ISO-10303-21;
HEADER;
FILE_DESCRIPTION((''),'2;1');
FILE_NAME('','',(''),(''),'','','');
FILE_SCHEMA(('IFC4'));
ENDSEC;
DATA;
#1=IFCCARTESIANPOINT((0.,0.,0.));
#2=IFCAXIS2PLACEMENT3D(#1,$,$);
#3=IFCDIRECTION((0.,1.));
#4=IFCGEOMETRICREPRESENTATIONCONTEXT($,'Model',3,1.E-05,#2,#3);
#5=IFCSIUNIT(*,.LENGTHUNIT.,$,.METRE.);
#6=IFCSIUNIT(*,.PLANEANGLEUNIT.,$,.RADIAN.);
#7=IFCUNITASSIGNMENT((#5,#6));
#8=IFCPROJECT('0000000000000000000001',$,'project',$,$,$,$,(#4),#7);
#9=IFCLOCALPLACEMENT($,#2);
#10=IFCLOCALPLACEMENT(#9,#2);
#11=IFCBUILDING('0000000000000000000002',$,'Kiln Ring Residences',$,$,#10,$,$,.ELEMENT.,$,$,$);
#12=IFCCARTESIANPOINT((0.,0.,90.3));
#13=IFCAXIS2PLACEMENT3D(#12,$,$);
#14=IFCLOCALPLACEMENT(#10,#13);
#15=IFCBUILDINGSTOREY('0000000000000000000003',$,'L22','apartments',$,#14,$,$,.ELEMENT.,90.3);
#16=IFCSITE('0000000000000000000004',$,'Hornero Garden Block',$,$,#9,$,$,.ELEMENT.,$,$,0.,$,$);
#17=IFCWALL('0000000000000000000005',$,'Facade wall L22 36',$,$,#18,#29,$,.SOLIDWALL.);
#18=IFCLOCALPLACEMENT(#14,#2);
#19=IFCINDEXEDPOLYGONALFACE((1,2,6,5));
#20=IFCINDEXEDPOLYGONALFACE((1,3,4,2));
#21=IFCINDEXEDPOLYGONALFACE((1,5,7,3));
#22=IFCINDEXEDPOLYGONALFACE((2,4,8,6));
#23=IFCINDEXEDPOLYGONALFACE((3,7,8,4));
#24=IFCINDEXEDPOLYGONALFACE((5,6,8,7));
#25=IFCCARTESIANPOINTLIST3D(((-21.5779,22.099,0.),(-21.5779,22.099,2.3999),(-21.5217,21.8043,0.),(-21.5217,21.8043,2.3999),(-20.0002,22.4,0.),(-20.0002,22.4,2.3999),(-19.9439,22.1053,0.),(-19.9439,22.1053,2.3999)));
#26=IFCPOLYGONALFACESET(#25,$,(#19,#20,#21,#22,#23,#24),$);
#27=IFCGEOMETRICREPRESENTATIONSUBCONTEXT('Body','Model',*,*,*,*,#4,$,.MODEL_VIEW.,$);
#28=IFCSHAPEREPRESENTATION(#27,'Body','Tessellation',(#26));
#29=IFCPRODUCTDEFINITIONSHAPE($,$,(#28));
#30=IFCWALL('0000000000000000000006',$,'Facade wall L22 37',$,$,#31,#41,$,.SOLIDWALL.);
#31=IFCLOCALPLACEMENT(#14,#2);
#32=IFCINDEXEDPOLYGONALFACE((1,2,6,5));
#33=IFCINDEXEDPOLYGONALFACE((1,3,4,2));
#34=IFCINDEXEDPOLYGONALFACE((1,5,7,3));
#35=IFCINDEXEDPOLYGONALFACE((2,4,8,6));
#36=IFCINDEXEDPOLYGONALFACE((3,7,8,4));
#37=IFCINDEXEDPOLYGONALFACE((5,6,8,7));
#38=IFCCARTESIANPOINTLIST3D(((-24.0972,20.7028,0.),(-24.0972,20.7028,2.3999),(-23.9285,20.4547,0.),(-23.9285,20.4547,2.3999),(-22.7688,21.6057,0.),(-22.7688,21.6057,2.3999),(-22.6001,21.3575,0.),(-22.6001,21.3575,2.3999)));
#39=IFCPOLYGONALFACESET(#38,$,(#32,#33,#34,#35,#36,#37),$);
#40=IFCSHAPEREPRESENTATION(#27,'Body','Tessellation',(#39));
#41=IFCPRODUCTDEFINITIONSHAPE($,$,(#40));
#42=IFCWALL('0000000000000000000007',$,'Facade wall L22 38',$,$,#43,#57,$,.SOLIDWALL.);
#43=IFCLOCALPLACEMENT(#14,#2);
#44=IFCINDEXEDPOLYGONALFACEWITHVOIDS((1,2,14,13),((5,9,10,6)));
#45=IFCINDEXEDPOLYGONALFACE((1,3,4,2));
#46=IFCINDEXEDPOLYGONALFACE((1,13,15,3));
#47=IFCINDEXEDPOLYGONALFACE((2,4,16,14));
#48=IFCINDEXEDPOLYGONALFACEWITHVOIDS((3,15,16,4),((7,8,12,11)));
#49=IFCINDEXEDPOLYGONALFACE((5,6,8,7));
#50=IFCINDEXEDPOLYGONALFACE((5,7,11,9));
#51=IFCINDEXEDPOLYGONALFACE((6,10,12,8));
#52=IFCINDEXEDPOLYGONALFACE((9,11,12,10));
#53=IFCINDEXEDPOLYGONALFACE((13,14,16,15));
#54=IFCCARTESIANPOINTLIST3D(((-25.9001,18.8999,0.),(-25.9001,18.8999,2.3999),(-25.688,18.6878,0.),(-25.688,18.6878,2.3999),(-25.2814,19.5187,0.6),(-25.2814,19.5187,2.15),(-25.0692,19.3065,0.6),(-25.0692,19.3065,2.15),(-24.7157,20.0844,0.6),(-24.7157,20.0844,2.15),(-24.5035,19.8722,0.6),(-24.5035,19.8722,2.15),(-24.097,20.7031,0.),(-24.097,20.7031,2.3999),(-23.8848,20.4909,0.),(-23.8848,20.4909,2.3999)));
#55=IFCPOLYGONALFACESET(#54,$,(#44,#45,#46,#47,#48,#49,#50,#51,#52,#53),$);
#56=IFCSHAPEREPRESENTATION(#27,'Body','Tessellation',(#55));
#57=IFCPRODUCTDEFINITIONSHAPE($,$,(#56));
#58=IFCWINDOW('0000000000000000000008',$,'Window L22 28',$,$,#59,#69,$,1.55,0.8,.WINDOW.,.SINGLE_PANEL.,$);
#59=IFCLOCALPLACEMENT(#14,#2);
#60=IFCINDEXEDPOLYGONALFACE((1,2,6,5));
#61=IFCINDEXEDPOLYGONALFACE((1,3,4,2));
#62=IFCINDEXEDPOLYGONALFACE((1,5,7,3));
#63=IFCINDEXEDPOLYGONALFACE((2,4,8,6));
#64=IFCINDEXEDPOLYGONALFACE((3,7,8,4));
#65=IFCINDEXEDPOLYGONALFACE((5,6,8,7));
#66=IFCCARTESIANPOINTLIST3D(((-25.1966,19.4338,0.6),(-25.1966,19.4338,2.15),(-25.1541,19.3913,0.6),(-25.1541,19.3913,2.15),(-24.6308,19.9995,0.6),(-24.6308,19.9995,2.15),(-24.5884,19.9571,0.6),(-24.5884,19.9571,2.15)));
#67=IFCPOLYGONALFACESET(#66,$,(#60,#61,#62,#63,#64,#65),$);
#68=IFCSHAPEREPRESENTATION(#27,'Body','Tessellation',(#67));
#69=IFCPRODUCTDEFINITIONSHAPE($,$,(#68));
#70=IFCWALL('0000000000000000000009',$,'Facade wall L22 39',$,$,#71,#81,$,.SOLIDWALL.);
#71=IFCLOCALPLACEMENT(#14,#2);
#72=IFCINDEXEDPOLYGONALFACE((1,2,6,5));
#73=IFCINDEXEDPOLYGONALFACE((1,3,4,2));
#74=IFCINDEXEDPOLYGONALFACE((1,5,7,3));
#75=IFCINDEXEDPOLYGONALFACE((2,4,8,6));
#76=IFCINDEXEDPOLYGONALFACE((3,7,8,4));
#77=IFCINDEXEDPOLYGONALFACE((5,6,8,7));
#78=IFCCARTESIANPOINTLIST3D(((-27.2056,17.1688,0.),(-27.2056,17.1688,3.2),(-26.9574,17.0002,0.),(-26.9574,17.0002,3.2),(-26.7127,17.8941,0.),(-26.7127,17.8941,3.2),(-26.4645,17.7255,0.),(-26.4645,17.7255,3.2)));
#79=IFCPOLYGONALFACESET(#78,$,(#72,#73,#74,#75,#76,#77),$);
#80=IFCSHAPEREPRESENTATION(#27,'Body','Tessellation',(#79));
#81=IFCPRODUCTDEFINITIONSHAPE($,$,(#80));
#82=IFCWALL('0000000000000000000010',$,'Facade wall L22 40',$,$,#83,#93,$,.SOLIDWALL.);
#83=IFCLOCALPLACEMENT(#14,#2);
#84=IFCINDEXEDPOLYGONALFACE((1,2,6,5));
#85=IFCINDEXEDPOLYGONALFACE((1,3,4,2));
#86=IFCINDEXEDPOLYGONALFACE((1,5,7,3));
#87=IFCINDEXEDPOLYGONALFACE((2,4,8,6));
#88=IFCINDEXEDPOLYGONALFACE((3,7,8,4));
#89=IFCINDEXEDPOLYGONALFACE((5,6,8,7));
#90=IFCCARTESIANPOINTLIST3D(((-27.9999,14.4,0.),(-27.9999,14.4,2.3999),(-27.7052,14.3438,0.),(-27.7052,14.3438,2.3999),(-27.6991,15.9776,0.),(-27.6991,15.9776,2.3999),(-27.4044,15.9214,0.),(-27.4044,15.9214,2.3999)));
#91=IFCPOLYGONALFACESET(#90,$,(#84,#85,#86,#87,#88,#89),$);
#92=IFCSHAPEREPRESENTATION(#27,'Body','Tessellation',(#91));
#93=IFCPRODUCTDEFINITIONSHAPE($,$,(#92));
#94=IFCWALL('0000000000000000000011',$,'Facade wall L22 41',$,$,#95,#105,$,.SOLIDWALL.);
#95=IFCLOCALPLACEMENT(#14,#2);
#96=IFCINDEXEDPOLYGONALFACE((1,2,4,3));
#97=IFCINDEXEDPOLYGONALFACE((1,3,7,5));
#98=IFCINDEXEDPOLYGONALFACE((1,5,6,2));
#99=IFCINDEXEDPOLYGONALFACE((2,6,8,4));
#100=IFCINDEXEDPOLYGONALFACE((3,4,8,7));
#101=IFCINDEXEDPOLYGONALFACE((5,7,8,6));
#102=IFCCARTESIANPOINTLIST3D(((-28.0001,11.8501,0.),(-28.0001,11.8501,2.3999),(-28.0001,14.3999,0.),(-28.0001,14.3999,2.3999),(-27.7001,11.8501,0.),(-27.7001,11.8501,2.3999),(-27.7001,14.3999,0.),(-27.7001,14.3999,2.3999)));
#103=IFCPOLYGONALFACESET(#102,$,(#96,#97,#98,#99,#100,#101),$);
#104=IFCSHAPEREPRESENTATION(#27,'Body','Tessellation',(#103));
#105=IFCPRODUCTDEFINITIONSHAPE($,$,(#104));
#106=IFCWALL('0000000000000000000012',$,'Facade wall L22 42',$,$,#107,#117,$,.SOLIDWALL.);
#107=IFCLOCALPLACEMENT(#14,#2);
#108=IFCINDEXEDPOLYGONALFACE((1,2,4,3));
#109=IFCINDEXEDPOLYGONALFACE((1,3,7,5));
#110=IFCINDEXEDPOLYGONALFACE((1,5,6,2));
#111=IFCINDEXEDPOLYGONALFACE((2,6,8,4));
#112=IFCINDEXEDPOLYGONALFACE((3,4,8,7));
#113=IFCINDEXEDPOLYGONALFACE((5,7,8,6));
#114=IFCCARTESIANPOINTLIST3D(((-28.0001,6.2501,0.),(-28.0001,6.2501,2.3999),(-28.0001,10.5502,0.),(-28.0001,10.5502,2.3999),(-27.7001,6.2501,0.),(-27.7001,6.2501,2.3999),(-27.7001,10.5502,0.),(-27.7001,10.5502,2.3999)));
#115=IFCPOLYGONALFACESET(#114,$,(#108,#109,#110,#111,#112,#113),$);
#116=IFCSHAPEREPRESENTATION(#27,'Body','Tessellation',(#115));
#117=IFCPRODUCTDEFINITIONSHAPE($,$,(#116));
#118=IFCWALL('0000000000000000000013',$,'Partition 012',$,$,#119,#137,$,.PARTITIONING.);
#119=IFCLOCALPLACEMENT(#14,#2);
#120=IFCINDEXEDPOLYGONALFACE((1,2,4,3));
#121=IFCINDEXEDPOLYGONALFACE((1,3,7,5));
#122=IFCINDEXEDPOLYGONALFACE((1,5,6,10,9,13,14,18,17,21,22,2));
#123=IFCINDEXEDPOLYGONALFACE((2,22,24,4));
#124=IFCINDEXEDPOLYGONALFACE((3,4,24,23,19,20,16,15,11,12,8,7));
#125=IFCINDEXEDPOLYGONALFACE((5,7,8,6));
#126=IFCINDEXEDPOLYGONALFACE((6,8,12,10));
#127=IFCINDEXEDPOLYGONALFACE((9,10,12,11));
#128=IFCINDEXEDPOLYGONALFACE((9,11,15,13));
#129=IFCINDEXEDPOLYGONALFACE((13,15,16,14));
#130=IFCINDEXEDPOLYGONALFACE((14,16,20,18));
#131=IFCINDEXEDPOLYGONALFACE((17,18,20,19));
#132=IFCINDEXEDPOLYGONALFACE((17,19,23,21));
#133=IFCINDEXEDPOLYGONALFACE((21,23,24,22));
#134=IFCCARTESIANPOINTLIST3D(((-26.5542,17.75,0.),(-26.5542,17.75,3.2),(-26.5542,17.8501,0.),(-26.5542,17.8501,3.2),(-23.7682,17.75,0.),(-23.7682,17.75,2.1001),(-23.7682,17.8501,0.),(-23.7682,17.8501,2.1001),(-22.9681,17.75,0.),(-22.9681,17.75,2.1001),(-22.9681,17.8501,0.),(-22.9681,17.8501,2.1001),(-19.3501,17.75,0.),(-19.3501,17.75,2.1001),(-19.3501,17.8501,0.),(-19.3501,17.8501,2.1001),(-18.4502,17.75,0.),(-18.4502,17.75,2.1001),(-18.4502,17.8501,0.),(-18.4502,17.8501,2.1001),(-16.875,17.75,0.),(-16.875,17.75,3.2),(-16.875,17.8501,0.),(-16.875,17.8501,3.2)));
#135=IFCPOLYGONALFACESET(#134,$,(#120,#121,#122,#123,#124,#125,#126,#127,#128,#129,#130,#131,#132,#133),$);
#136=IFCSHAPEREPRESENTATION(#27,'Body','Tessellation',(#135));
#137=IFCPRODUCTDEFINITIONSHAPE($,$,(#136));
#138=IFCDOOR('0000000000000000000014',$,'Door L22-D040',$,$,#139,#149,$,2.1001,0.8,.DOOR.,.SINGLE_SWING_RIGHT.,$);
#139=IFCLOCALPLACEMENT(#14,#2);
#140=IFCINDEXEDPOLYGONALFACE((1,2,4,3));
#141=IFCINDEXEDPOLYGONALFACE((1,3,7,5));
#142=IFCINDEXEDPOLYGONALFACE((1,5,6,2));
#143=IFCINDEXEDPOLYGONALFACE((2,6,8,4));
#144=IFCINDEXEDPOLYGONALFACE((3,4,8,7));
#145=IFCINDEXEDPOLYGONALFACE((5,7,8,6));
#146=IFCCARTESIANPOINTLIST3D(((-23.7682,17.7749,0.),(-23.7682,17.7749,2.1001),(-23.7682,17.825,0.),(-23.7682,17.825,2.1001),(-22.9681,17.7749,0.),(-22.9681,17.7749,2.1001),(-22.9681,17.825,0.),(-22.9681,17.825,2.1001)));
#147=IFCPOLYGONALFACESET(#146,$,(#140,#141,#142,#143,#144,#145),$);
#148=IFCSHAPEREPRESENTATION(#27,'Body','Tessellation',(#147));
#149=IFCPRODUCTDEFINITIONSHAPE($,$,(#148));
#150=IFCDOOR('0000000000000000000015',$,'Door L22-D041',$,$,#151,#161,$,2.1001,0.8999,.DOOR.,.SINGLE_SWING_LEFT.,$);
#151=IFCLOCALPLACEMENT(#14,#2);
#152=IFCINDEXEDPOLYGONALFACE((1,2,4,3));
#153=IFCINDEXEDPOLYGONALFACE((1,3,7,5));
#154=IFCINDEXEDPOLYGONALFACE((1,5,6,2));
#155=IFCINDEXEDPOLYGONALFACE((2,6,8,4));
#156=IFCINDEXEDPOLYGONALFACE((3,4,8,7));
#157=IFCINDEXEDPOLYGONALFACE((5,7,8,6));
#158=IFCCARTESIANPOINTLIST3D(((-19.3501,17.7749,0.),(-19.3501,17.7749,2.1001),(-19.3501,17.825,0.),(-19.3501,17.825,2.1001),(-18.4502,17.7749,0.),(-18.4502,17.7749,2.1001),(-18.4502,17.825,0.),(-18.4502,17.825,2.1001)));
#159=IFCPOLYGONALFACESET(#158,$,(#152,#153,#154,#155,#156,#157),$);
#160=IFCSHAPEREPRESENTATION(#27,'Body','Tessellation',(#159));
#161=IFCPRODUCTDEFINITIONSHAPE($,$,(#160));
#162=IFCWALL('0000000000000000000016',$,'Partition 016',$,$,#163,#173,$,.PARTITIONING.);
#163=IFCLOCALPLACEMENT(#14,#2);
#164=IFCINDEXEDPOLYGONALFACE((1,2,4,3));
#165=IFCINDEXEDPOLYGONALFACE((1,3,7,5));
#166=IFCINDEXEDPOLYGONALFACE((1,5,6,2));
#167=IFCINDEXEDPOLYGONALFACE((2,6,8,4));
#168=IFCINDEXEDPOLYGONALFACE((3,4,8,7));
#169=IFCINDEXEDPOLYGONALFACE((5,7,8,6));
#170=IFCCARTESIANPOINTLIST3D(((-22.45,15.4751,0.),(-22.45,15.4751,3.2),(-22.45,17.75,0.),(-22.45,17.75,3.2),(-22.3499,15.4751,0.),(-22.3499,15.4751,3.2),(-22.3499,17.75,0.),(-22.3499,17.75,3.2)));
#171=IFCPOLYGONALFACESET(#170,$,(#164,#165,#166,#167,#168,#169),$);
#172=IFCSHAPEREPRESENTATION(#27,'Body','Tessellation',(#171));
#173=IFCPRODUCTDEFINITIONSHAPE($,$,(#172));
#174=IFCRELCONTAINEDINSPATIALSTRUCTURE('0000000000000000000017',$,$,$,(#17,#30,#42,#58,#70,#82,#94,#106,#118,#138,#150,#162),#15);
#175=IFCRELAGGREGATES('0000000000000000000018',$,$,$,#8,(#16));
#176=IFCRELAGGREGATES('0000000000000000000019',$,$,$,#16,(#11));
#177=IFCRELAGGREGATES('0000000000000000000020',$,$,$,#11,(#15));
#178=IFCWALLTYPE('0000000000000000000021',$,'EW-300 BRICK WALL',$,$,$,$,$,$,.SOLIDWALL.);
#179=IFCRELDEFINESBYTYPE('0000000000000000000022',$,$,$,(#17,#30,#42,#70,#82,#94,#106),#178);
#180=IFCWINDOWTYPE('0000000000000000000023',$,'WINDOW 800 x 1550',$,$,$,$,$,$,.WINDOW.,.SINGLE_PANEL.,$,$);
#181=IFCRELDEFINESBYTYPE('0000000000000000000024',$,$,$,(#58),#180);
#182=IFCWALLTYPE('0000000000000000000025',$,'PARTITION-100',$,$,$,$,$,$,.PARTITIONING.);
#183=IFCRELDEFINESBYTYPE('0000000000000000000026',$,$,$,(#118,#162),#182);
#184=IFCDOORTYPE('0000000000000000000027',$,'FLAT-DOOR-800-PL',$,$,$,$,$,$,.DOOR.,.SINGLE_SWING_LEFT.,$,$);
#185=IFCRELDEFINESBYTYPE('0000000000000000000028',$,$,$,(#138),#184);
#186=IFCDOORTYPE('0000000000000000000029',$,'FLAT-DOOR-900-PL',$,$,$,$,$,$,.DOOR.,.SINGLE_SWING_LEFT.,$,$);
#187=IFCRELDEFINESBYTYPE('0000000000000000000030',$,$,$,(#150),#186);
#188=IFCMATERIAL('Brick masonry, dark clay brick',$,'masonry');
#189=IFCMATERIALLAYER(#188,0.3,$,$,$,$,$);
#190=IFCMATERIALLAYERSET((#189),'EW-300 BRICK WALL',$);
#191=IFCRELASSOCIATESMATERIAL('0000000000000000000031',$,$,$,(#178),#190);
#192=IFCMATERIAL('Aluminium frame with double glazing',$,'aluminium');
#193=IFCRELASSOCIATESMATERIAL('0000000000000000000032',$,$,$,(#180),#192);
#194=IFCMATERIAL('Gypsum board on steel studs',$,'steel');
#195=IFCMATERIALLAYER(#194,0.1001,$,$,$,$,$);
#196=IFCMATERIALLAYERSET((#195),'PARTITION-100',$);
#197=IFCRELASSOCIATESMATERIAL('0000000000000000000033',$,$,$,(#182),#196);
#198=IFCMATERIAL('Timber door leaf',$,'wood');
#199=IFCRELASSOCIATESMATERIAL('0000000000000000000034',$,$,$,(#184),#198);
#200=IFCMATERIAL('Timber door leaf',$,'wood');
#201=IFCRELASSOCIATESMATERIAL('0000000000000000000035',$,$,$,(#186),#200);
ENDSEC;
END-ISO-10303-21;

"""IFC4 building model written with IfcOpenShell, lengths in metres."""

from ifc_helpers import new_model, si_unit, direction, frame, frame_2d, origin, place, context, subcontext, project, spatial, rectangle, extrude, material, layer, layer_set, type_object, element, fill, save


model = new_model("IFC4")

# Units and contexts
model_context = context("Model", 3, precision=1e-05, world=origin(), true_north=direction((0.0, 1.0)))
body_context = subcontext(model_context, "Body", "Model", "MODEL_VIEW")
ifc_project = project(units=[si_unit("LENGTHUNIT", "METRE"), si_unit("PLANEANGLEUNIT", "RADIAN")], contexts=[model_context])

# Site, building, storey
site_placement = place(None, origin())
site = spatial("IfcSite", under=ifc_project, at=site_placement, Name="Hornero Garden Block", CompositionType="ELEMENT", RefElevation=0.0)
building_placement = place(site_placement, origin())
building = spatial("IfcBuilding", under=site, at=building_placement, Name="Kiln Ring Residences", CompositionType="ELEMENT")
storey_placement = place(building_placement, frame((0.0, 0.0, 90.3)))
storey = spatial("IfcBuildingStorey", under=building, at=storey_placement, Name="L22", Description="apartments", CompositionType="ELEMENT", Elevation=90.3)

# Walls
ifc_material_1 = material(Name="Brick masonry, dark clay brick", Category="masonry")
ifc_layer_1 = layer(ifc_material_1, 0.3)
ifc_layer_set_1 = layer_set([ifc_layer_1], Name="EW-300 BRICK WALL")
wall_type_1 = type_object("IfcWallType", Name="EW-300 BRICK WALL", PredefinedType="SOLIDWALL", material=ifc_layer_set_1)
for number, where, z_axis, x_axis, name in (
    (1, (-19.9719, 22.2527, 0.0), (0.0, 0.0, 1.0), (-0.982279, -0.187426, 0.0), "Facade wall L22 36"),
    (2, (-22.6843, 21.4817, 0.0), (0.0, 0.0, 1.0), (-0.827059, -0.562115, 0.0), "Facade wall L22 37"),
):
    element("IfcWall", number, at=place(storey_placement, frame(where, z_axis=z_axis, x_axis=x_axis)), inside=storey, type_object=wall_type_1, Name=name, PredefinedType="SOLIDWALL", context=body_context, shape_type="SweptSolid", body=[
        extrude(rectangle(XDim=1.6062, YDim=0.3, at=frame_2d((0.8032, 0.0))), origin(), (0.0, 0.0, 1.0), 2.3999),
    ])

# Wall, opening, window
wall_1_placement = place(storey_placement, frame((-23.991, 20.5969, 0.0), z_axis=(0.0, 0.0, 1.0), x_axis=(-0.707107, -0.707107, 0.0)))
wall_1 = element("IfcWall", 3, at=wall_1_placement, inside=storey, type_object=wall_type_1, Name="Facade wall L22 38", PredefinedType="SOLIDWALL", context=body_context, shape_type="SweptSolid", body=[
    extrude(rectangle(XDim=2.55, YDim=0.3, at=frame_2d((1.2749, 0.0))), origin(), (0.0, 0.0, 1.0), 2.3999),
])
opening_1_placement = place(wall_1_placement, frame((0.875, 0.0, 0.6001)))
opening_1 = element("IfcOpeningElement", 4, at=opening_1_placement, cuts=wall_1, PredefinedType="OPENING", context=body_context, shape_type="SweptSolid", body=[
    extrude(rectangle(XDim=0.8, YDim=1.55, at=frame_2d((0.3999, 0.7749))), frame((0.0, 0.1599, 0.0), z_axis=(0.0, -1.0, 0.0), x_axis=(1.0, 0.0, 0.0)), (0.0, 0.0, 1.0), 0.3201),
])
ifc_material_2 = material(Name="Aluminium frame with double glazing", Category="aluminium")
window_type = type_object("IfcWindowType", Name="WINDOW 800 x 1550", PartitioningType="SINGLE_PANEL", PredefinedType="WINDOW", material=ifc_material_2)
window_placement = place(opening_1_placement, origin())
window = element("IfcWindow", 5, at=window_placement, inside=storey, type_object=window_type, Name="Window L22 28", OverallHeight=1.55, OverallWidth=0.8, PartitioningType="SINGLE_PANEL", PredefinedType="WINDOW", context=body_context, shape_type="SweptSolid", body=[
    extrude(rectangle(XDim=0.8, YDim=1.55, at=frame_2d((0.3999, 0.7749))), frame((0.0, 0.03, 0.0), z_axis=(0.0, -1.0, 0.0), x_axis=(1.0, 0.0, 0.0)), (0.0, 0.0, 1.0), 0.0601),
])
fill(opening_1, window)

# Walls
wall_2_placement = place(storey_placement, frame((-26.5886, 17.8098, 0.0), z_axis=(0.0, 0.0, 1.0), x_axis=(-0.562066, -0.827092, 0.0)))
element("IfcWall", 6, at=wall_2_placement, inside=storey, type_object=wall_type_1, Name="Facade wall L22 39", PredefinedType="SOLIDWALL", context=body_context, shape_type="SweptSolid", body=[
    extrude(rectangle(XDim=0.877, YDim=0.3, at=frame_2d((0.4385, 0.0))), origin(), (0.0, 0.0, 1.0), 3.2),
])
wall_3_placement = place(storey_placement, frame((-27.5518, 15.9495, 0.0), z_axis=(0.0, 0.0, 1.0), x_axis=(-0.18728, -0.982307, 0.0)))
element("IfcWall", 7, at=wall_3_placement, inside=storey, type_object=wall_type_1, Name="Facade wall L22 40", PredefinedType="SOLIDWALL", context=body_context, shape_type="SweptSolid", body=[
    extrude(rectangle(XDim=1.606, YDim=0.3, at=frame_2d((0.803, 0.0))), origin(), (0.0, 0.0, 1.0), 2.3999),
])
wall_4_placement = place(storey_placement, frame((-27.8501, 14.3999, 0.0), z_axis=(0.0, 0.0, 1.0), x_axis=(0.0, -1.0, 0.0)))
element("IfcWall", 8, at=wall_4_placement, inside=storey, type_object=wall_type_1, Name="Facade wall L22 41", PredefinedType="SOLIDWALL", context=body_context, shape_type="SweptSolid", body=[
    extrude(rectangle(XDim=2.5498, YDim=0.3, at=frame_2d((1.2749, 0.0))), origin(), (0.0, 0.0, 1.0), 2.3999),
])
wall_5_placement = place(storey_placement, frame((-27.8501, 10.55, 0.0), z_axis=(0.0, 0.0, 1.0), x_axis=(0.0, -1.0, 0.0)))
element("IfcWall", 9, at=wall_5_placement, inside=storey, type_object=wall_type_1, Name="Facade wall L22 42", PredefinedType="SOLIDWALL", context=body_context, shape_type="SweptSolid", body=[
    extrude(rectangle(XDim=4.3, YDim=0.3, at=frame_2d((2.1499, 0.0))), origin(), (0.0, 0.0, 1.0), 2.3999),
])

# Wall, openings, doors
ifc_material_3 = material(Name="Gypsum board on steel studs", Category="steel")
ifc_layer_2 = layer(ifc_material_3, 0.1001)
ifc_layer_set_2 = layer_set([ifc_layer_2], Name="PARTITION-100")
wall_type_2 = type_object("IfcWallType", Name="PARTITION-100", PredefinedType="PARTITIONING", material=ifc_layer_set_2)
wall_6_placement = place(storey_placement, frame((-26.5542, 17.8, 0.0), z_axis=(0.0, 0.0, 1.0), x_axis=(1.0, 0.0, 0.0)))
wall_6 = element("IfcWall", 10, at=wall_6_placement, inside=storey, type_object=wall_type_2, Name="Partition 012", PredefinedType="PARTITIONING", context=body_context, shape_type="SweptSolid", body=[
    extrude(rectangle(XDim=9.6792, YDim=0.1001, at=frame_2d((4.8396, 0.0))), origin(), (0.0, 0.0, 1.0), 3.2),
])
opening_2_placement = place(wall_6_placement, frame((2.7861, 0.0, 0.0)))
opening_2 = element("IfcOpeningElement", 11, at=opening_2_placement, cuts=wall_6, PredefinedType="OPENING", context=body_context, shape_type="SweptSolid", body=[
    extrude(rectangle(XDim=0.8, YDim=2.1001, at=frame_2d((0.3999, 1.05))), frame((0.0, 0.0601, 0.0), z_axis=(0.0, -1.0, 0.0), x_axis=(1.0, 0.0, 0.0)), (0.0, 0.0, 1.0), 0.1201),
])
opening_3_placement = place(wall_6_placement, frame((7.2041, 0.0, 0.0)))
opening_3 = element("IfcOpeningElement", 12, at=opening_3_placement, cuts=wall_6, PredefinedType="OPENING", context=body_context, shape_type="SweptSolid", body=[
    extrude(rectangle(XDim=0.8999, YDim=2.1001, at=frame_2d((0.45, 1.05))), frame((0.0, 0.0601, 0.0), z_axis=(0.0, -1.0, 0.0), x_axis=(1.0, 0.0, 0.0)), (0.0, 0.0, 1.0), 0.1201),
])
ifc_material_4 = material(Name="Timber door leaf", Category="wood")
door_type_1 = type_object("IfcDoorType", Name="FLAT-DOOR-800-PL", OperationType="SINGLE_SWING_LEFT", PredefinedType="DOOR", material=ifc_material_4)
door_1_placement = place(opening_2_placement, origin())
door_1 = element("IfcDoor", 13, at=door_1_placement, inside=storey, type_object=door_type_1, Name="Door L22-D040", OperationType="SINGLE_SWING_RIGHT", OverallHeight=2.1001, OverallWidth=0.8, PredefinedType="DOOR", context=body_context, shape_type="SweptSolid", body=[
    extrude(rectangle(XDim=0.8, YDim=2.1001, at=frame_2d((0.3999, 1.05))), frame((0.0, 0.0249, 0.0), z_axis=(0.0, -1.0, 0.0), x_axis=(1.0, 0.0, 0.0)), (0.0, 0.0, 1.0), 0.05),
])
fill(opening_2, door_1)
ifc_material_5 = material(Name="Timber door leaf", Category="wood")
door_type_2 = type_object("IfcDoorType", Name="FLAT-DOOR-900-PL", OperationType="SINGLE_SWING_LEFT", PredefinedType="DOOR", material=ifc_material_5)
door_2_placement = place(opening_3_placement, origin())
door_2 = element("IfcDoor", 14, at=door_2_placement, inside=storey, type_object=door_type_2, Name="Door L22-D041", OperationType="SINGLE_SWING_LEFT", OverallHeight=2.1001, OverallWidth=0.8999, PredefinedType="DOOR", context=body_context, shape_type="SweptSolid", body=[
    extrude(rectangle(XDim=0.8999, YDim=2.1001, at=frame_2d((0.45, 1.05))), frame((0.0, 0.0249, 0.0), z_axis=(0.0, -1.0, 0.0), x_axis=(1.0, 0.0, 0.0)), (0.0, 0.0, 1.0), 0.05),
])
fill(opening_3, door_2)

# Wall
wall_7_placement = place(storey_placement, frame((-22.3999, 15.4751, 0.0), z_axis=(0.0, 0.0, 1.0), x_axis=(0.0, 1.0, 0.0)))
element("IfcWall", 15, at=wall_7_placement, inside=storey, type_object=wall_type_2, Name="Partition 016", PredefinedType="PARTITIONING", context=body_context, shape_type="SweptSolid", body=[
    extrude(rectangle(XDim=2.2749, YDim=0.1001, at=frame_2d((1.1375, 0.0))), origin(), (0.0, 0.0, 1.0), 3.2),
])

save(model, "model.ifc")
